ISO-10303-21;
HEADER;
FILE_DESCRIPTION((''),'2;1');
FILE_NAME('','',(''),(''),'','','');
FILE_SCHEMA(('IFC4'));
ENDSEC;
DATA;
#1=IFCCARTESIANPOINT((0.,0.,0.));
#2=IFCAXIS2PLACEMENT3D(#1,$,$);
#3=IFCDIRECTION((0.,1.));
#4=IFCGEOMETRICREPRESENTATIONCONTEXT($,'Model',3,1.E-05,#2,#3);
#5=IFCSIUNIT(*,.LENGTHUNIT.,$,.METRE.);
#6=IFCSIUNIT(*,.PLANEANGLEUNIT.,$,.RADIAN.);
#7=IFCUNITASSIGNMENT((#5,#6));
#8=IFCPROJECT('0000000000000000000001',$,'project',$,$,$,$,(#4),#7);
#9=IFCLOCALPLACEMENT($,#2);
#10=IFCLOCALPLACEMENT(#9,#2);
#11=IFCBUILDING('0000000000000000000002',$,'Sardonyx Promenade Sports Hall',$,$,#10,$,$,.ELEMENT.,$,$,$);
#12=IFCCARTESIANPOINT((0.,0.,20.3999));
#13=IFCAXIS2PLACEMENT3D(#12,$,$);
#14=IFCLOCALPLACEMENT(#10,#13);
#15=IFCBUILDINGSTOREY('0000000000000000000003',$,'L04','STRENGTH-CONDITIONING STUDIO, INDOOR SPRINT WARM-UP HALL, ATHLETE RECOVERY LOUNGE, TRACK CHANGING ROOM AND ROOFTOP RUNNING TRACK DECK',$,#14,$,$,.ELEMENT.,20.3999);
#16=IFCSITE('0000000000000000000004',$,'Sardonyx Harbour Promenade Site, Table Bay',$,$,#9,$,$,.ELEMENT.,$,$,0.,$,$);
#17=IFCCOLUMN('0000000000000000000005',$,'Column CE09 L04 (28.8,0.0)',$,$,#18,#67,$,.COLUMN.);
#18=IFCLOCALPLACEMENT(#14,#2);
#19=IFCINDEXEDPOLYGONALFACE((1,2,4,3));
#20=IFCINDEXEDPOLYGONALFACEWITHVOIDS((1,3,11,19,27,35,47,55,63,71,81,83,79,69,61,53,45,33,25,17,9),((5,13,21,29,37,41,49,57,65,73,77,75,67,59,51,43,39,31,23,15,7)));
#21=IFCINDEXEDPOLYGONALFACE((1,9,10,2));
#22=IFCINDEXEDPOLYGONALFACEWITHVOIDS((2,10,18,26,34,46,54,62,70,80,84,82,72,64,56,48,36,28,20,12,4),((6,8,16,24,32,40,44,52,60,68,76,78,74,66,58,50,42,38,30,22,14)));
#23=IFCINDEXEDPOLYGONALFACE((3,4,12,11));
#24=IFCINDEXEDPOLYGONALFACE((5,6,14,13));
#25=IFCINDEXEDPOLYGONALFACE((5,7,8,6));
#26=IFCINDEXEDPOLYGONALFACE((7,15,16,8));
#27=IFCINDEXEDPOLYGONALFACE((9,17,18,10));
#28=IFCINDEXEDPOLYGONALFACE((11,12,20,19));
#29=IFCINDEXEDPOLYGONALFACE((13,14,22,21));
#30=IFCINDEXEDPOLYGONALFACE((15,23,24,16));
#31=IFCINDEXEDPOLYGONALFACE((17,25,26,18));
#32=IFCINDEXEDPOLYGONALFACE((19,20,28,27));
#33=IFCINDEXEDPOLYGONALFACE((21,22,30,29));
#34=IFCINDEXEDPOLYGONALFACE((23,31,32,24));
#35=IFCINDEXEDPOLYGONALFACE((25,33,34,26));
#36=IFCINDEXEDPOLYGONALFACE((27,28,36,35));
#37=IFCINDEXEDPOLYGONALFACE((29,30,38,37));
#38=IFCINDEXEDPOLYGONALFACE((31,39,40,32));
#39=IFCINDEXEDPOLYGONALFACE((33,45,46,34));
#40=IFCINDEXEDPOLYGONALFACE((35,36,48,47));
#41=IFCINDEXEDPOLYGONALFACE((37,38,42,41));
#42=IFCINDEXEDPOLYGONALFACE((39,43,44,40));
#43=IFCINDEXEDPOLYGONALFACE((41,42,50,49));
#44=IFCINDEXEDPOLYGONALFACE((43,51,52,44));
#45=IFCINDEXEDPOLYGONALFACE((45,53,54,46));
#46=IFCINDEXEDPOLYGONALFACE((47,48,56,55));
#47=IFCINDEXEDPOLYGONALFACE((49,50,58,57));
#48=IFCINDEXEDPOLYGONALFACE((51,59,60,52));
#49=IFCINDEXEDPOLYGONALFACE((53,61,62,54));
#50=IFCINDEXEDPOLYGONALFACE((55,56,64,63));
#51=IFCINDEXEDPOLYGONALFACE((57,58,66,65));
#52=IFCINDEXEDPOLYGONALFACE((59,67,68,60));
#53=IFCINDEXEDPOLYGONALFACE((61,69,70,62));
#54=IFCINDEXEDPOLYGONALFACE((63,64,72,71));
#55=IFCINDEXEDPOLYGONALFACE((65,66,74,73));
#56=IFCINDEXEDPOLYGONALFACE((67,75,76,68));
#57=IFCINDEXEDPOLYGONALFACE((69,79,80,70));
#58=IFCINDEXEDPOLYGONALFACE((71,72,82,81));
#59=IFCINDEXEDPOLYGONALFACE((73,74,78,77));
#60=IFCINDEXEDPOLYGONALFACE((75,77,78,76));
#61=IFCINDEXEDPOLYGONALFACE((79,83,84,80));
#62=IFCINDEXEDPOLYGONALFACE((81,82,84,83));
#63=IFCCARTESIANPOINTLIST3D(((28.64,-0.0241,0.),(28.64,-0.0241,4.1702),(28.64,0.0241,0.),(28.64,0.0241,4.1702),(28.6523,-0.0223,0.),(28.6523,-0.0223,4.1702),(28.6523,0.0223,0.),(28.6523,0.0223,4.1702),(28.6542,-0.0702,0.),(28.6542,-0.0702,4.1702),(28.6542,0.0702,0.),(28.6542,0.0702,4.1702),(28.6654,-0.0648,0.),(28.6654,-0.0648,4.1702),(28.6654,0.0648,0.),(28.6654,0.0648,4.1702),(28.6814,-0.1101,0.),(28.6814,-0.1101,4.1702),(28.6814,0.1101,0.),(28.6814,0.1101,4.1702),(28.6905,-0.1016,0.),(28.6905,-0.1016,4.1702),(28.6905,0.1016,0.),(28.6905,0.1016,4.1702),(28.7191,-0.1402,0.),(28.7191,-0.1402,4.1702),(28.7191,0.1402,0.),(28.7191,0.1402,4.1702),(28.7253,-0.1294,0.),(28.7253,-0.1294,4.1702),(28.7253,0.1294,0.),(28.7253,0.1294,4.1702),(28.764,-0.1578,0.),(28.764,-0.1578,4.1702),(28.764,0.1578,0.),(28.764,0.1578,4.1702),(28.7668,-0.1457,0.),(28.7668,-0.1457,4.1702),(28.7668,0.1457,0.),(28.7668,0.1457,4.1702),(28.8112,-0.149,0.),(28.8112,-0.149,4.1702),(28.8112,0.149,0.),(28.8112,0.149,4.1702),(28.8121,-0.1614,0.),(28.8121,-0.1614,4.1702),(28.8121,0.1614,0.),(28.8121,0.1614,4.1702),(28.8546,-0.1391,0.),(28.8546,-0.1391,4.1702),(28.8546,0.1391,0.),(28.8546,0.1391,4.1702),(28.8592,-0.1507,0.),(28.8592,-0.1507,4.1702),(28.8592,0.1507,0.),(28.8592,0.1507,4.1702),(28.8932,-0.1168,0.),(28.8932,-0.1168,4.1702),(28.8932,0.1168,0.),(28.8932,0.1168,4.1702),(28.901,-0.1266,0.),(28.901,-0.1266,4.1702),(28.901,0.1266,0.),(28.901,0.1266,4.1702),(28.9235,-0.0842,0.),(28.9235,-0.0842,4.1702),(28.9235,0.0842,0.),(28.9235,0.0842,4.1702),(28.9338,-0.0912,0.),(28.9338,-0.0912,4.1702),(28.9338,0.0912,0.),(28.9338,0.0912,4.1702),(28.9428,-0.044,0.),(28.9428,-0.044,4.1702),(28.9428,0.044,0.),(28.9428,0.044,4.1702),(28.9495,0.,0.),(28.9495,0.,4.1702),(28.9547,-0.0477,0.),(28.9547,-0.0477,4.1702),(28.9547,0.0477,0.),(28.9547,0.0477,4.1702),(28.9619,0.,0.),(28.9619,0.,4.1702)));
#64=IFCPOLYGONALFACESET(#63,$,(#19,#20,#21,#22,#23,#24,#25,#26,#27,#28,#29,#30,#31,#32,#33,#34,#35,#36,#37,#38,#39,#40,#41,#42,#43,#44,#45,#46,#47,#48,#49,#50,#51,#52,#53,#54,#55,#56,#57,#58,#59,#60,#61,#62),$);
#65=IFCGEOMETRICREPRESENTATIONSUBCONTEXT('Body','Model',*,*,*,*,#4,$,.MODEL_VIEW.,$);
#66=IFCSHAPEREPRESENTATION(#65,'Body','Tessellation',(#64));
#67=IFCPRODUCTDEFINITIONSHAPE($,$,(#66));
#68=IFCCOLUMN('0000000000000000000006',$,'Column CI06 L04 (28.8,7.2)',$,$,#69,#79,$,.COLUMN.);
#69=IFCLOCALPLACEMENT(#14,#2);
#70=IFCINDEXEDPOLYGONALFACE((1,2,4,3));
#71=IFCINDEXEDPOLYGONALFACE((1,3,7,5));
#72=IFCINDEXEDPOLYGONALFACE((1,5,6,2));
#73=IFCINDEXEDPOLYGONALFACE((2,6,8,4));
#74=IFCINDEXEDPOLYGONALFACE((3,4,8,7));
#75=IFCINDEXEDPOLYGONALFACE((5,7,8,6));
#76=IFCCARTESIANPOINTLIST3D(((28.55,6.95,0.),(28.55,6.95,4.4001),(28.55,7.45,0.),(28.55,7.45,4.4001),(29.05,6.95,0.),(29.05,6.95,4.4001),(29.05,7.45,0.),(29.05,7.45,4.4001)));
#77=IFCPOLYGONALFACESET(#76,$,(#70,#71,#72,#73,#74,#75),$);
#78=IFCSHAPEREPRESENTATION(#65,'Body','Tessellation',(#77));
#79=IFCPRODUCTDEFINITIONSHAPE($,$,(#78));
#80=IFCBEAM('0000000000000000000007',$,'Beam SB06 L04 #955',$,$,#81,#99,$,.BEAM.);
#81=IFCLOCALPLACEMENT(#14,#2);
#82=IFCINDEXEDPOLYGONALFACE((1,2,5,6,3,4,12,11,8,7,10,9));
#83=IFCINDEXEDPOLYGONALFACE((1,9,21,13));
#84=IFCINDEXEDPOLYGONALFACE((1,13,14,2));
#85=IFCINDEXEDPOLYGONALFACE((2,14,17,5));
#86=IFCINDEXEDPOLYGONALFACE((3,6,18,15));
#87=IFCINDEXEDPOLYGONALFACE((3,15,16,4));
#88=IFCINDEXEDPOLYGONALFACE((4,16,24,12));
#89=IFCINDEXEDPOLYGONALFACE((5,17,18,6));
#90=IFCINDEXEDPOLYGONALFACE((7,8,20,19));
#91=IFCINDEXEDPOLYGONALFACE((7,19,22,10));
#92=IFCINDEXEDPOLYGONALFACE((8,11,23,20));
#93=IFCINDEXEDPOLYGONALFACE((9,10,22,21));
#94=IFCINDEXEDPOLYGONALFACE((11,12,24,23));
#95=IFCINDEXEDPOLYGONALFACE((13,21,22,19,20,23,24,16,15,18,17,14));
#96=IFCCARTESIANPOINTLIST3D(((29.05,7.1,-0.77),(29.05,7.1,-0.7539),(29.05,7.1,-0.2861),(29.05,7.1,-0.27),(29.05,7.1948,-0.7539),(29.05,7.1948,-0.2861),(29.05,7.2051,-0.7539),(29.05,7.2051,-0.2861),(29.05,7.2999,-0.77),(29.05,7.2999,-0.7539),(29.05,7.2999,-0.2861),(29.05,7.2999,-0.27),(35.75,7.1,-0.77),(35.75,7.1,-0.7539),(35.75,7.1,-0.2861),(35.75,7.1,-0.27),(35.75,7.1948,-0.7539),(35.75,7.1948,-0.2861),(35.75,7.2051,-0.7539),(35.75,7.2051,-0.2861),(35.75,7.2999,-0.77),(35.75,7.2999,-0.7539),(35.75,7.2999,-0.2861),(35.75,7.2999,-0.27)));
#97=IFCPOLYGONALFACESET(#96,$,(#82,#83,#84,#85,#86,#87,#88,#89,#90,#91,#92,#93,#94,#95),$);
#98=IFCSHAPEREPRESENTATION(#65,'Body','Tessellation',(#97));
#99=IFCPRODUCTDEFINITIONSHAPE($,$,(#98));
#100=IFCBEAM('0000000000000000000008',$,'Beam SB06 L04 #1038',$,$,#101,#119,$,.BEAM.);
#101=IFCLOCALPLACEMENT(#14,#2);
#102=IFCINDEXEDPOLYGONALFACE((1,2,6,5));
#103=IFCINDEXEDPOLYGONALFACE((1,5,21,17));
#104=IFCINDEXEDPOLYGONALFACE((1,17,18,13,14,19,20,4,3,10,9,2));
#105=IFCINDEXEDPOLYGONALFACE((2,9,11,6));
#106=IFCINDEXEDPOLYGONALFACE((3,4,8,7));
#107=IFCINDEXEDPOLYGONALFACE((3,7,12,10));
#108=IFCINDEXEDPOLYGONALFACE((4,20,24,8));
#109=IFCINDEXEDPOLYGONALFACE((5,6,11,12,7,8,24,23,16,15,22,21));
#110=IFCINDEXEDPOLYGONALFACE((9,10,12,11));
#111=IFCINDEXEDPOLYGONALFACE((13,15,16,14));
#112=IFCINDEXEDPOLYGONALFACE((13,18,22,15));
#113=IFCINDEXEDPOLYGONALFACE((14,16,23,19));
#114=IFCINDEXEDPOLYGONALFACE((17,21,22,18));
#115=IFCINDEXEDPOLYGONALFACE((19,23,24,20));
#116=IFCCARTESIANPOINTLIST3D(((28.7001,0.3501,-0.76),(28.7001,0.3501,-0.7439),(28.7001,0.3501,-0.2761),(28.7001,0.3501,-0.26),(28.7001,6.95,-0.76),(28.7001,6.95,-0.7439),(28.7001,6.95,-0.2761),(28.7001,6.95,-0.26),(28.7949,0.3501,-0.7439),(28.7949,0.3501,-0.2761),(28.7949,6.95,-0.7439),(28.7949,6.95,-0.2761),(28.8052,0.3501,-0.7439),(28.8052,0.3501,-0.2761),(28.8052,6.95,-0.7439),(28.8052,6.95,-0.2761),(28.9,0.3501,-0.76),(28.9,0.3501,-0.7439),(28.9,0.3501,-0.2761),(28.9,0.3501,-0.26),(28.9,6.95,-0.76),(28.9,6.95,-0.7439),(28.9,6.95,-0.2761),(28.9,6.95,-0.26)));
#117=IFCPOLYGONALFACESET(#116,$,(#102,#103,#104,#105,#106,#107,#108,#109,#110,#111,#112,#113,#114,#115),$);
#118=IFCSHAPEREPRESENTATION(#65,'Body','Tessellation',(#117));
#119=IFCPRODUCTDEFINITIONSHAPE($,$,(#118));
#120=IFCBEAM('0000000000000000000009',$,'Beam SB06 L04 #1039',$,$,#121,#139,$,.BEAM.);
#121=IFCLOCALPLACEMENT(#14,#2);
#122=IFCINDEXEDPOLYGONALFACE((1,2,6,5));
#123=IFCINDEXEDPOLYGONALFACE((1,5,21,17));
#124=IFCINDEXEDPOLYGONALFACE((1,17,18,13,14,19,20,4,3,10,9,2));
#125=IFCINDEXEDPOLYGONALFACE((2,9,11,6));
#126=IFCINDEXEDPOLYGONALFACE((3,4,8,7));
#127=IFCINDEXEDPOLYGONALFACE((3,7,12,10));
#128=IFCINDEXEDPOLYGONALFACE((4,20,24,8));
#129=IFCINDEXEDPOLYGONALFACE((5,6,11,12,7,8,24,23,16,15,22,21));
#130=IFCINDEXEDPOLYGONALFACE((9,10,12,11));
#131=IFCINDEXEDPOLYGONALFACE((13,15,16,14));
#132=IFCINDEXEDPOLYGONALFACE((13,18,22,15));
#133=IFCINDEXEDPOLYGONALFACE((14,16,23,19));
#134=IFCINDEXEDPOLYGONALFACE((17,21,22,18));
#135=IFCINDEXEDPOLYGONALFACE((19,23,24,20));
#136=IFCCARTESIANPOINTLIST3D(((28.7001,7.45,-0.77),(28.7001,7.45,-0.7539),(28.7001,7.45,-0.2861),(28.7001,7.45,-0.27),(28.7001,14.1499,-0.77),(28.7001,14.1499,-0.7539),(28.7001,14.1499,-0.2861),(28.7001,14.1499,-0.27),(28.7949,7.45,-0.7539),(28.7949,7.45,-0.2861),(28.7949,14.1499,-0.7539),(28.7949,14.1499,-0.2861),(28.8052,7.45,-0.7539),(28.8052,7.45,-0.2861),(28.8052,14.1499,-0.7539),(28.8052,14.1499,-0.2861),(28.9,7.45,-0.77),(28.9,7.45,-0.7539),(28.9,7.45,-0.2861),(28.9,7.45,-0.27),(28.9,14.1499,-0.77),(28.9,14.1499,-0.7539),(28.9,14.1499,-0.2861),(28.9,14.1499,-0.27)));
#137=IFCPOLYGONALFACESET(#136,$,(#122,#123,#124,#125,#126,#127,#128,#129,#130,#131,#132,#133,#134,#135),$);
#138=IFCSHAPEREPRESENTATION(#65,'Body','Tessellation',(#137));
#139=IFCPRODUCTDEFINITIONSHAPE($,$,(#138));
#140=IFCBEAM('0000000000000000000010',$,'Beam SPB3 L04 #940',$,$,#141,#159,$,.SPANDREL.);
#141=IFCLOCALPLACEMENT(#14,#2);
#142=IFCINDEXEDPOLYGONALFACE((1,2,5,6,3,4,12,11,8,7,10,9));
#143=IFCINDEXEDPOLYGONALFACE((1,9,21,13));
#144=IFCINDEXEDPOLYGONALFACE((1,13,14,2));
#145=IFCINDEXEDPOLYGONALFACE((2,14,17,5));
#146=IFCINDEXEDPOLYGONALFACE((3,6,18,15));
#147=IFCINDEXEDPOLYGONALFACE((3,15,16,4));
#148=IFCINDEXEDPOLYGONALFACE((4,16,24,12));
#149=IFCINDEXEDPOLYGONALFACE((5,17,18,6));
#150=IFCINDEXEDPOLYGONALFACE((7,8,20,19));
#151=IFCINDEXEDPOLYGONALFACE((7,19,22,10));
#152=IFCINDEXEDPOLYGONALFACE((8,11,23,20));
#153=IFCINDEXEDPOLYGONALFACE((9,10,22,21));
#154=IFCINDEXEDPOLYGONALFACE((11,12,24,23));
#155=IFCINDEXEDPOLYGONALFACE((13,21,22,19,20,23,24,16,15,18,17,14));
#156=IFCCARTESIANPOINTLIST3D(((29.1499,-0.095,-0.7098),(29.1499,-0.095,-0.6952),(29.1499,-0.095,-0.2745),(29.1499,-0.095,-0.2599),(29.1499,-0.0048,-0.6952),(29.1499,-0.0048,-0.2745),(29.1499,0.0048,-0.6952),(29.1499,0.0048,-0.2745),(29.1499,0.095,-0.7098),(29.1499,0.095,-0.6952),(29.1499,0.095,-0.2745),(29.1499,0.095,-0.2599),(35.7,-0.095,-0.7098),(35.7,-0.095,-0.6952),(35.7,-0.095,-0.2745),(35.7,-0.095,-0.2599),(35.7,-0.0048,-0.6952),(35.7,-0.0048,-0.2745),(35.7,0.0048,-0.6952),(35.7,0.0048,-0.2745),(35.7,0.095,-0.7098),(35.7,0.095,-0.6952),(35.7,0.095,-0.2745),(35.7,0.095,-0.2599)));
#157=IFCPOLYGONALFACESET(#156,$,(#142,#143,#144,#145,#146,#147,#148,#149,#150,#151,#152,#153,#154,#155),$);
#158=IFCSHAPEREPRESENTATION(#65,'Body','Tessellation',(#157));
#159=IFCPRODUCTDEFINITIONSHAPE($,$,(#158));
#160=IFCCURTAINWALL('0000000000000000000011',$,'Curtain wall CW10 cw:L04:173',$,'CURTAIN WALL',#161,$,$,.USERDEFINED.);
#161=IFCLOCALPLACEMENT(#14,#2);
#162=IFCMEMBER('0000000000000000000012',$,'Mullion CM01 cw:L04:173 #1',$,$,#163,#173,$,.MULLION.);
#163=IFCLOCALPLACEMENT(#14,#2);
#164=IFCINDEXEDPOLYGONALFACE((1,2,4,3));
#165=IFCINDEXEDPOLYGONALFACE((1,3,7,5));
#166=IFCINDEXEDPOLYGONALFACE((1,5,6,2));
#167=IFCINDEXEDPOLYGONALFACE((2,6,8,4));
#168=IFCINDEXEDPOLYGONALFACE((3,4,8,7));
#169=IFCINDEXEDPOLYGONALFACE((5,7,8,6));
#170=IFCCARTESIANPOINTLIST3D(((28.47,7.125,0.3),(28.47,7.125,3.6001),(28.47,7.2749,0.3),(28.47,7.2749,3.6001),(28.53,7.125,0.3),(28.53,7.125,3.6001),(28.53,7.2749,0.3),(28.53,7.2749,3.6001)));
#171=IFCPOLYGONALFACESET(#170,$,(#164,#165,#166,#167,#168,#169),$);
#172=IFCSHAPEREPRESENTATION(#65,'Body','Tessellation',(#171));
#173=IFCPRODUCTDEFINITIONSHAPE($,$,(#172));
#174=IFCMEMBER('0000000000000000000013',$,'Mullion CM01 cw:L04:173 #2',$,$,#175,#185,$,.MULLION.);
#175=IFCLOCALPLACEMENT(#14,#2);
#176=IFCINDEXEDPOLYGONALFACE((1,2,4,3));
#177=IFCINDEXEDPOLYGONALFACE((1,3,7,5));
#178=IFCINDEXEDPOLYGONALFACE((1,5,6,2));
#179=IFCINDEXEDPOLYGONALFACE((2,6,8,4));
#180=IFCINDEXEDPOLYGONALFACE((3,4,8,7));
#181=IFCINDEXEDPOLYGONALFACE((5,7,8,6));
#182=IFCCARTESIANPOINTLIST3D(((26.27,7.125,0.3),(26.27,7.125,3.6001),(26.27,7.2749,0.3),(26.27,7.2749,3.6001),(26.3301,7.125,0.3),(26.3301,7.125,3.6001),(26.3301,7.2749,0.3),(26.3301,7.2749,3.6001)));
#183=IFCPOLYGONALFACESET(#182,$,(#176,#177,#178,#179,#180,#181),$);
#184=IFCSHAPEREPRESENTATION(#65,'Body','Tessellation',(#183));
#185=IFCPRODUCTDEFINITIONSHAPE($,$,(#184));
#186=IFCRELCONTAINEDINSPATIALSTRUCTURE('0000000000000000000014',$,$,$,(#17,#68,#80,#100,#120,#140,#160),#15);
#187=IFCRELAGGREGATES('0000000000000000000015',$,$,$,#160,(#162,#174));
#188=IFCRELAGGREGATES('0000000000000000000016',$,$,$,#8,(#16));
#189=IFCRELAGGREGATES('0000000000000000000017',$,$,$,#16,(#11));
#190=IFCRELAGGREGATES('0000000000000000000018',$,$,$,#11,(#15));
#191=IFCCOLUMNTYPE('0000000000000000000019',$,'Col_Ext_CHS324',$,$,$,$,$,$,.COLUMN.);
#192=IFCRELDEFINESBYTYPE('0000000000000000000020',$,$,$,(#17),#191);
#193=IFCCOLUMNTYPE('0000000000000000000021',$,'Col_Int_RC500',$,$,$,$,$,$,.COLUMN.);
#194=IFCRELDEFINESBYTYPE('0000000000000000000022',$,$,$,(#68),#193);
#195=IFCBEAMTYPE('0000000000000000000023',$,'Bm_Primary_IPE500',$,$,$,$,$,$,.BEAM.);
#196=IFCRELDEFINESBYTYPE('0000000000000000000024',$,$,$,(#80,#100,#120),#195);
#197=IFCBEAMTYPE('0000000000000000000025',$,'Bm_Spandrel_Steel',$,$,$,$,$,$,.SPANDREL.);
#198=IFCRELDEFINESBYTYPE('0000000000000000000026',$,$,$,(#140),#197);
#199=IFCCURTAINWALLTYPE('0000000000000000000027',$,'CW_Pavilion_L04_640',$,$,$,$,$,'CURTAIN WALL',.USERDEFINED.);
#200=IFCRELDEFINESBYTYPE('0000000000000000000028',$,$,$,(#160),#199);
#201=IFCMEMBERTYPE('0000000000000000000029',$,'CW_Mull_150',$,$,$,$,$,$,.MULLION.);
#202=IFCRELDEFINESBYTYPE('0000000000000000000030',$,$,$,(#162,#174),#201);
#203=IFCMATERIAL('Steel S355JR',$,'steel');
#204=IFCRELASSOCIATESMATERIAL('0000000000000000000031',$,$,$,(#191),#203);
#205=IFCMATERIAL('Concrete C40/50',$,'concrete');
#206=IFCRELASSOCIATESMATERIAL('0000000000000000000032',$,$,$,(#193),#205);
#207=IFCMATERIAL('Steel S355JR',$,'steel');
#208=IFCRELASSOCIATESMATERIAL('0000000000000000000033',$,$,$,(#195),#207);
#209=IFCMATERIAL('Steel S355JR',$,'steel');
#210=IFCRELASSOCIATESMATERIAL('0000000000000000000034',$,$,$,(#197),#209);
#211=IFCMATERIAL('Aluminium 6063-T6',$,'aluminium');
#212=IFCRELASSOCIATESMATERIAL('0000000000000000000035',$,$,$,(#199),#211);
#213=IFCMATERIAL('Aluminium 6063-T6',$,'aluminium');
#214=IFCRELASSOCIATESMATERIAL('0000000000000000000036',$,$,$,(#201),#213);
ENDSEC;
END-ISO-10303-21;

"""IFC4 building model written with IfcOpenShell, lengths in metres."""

from ifc_helpers import new_model, si_unit, direction, frame, origin, origin_2d, place, context, subcontext, project, spatial, rectangle, hollow_circle, i_section, extrude, material, material_profile, profile_set, type_object, element, aggregate, save


model = new_model("IFC4")

# Units and contexts
model_context = context("Model", 3, precision=1e-05, world=origin(), true_north=direction((0.0, 1.0)))
body_context = subcontext(model_context, "Body", "Model", "MODEL_VIEW")
ifc_project = project(units=[si_unit("LENGTHUNIT", "METRE"), si_unit("PLANEANGLEUNIT", "RADIAN")], contexts=[model_context])

# Site, building, storey
site_placement = place(None, origin())
site = spatial("IfcSite", under=ifc_project, at=site_placement, Name="Sardonyx Harbour Promenade Site, Table Bay", CompositionType="ELEMENT", RefElevation=0.0)
building_placement = place(site_placement, origin())
building = spatial("IfcBuilding", under=site, at=building_placement, Name="Sardonyx Promenade Sports Hall", CompositionType="ELEMENT")
storey_placement = place(building_placement, frame((0.0, 0.0, 20.3999)))
storey = spatial("IfcBuildingStorey", under=building, at=storey_placement, Name="L04", Description="STRENGTH-CONDITIONING STUDIO, INDOOR SPRINT WARM-UP HALL, ATHLETE RECOVERY LOUNGE, TRACK CHANGING ROOM AND ROOFTOP RUNNING TRACK DECK", CompositionType="ELEMENT", Elevation=20.3999)

# Columns
ifc_material_1 = material(Name="Steel S355JR", Category="steel")
ifc_material_profile_1 = material_profile(ifc_material_1, hollow_circle(Radius=0.1619, WallThickness=0.0125, at=origin_2d()))
ifc_profile_set_1 = profile_set([ifc_material_profile_1], Name="Steel S355JR")
column_type_1 = type_object("IfcColumnType", Name="Col_Ext_CHS324", PredefinedType="COLUMN", material=ifc_profile_set_1)
column_1_placement = place(storey_placement, frame((28.8, 0.0, 0.0), z_axis=(0.0, 0.0, 1.0), x_axis=(1.0, 0.0, 0.0)))
element("IfcColumn", 1, at=column_1_placement, inside=storey, type_object=column_type_1, Name="Column CE09 L04 (28.8,0.0)", PredefinedType="COLUMN", context=body_context, shape_type="SweptSolid", body=[
    extrude(hollow_circle(Radius=0.1619, WallThickness=0.0125, at=origin_2d()), origin(), (0.0, 0.0, 1.0), 4.1702),
])
ifc_material_2 = material(Name="Concrete C40/50", Category="concrete")
ifc_material_profile_2 = material_profile(ifc_material_2, rectangle(XDim=0.5, YDim=0.5, at=origin_2d()))
ifc_profile_set_2 = profile_set([ifc_material_profile_2], Name="Concrete C40/50")
column_type_2 = type_object("IfcColumnType", Name="Col_Int_RC500", PredefinedType="COLUMN", material=ifc_profile_set_2)
column_2_placement = place(storey_placement, frame((28.8, 7.2, 0.0), z_axis=(0.0, 0.0, 1.0), x_axis=(1.0, 0.0, 0.0)))
element("IfcColumn", 2, at=column_2_placement, inside=storey, type_object=column_type_2, Name="Column CI06 L04 (28.8,7.2)", PredefinedType="COLUMN", context=body_context, shape_type="SweptSolid", body=[
    extrude(rectangle(XDim=0.5, YDim=0.5, at=origin_2d()), origin(), (0.0, 0.0, 1.0), 4.4001),
])

# Beams
ifc_material_3 = material(Name="Steel S355JR", Category="steel")
ifc_material_profile_3 = material_profile(ifc_material_3, i_section(OverallWidth=0.2, OverallDepth=0.5, WebThickness=0.0103, FlangeThickness=0.0161, at=origin_2d()))
ifc_profile_set_3 = profile_set([ifc_material_profile_3], Name="Steel S355JR")
beam_type_1 = type_object("IfcBeamType", Name="Bm_Primary_IPE500", PredefinedType="BEAM", material=ifc_profile_set_3)
beam_1_placement = place(storey_placement, frame((29.05, 7.2, -0.52), z_axis=(1.0, 0.0, 0.0), x_axis=(0.0, 1.0, 0.0)))
element("IfcBeam", 3, at=beam_1_placement, inside=storey, type_object=beam_type_1, Name="Beam SB06 L04 #955", PredefinedType="BEAM", context=body_context, shape_type="SweptSolid", body=[
    extrude(i_section(OverallWidth=0.2, OverallDepth=0.5, WebThickness=0.0103, FlangeThickness=0.0161, at=origin_2d()), origin(), (0.0, 0.0, 1.0), 6.7),
])
beam_2_placement = place(storey_placement, frame((28.8, 0.3501, -0.51), z_axis=(0.0, 1.0, 0.0), x_axis=(-1.0, 0.0, 0.0)))
element("IfcBeam", 4, at=beam_2_placement, inside=storey, type_object=beam_type_1, Name="Beam SB06 L04 #1038", PredefinedType="BEAM", context=body_context, shape_type="SweptSolid", body=[
    extrude(i_section(OverallWidth=0.2, OverallDepth=0.5, WebThickness=0.0103, FlangeThickness=0.0161, at=origin_2d()), origin(), (0.0, 0.0, 1.0), 6.5999),
])
beam_3_placement = place(storey_placement, frame((28.8, 7.45, -0.52), z_axis=(0.0, 1.0, 0.0), x_axis=(-1.0, 0.0, 0.0)))
element("IfcBeam", 5, at=beam_3_placement, inside=storey, type_object=beam_type_1, Name="Beam SB06 L04 #1039", PredefinedType="BEAM", context=body_context, shape_type="SweptSolid", body=[
    extrude(i_section(OverallWidth=0.2, OverallDepth=0.5, WebThickness=0.0103, FlangeThickness=0.0161, at=origin_2d()), origin(), (0.0, 0.0, 1.0), 6.7),
])
ifc_material_4 = material(Name="Steel S355JR", Category="steel")
ifc_material_profile_4 = material_profile(ifc_material_4, i_section(OverallWidth=0.1899, OverallDepth=0.45, WebThickness=0.0095, FlangeThickness=0.0146, at=origin_2d()))
ifc_profile_set_4 = profile_set([ifc_material_profile_4], Name="Steel S355JR")
beam_type_2 = type_object("IfcBeamType", Name="Bm_Spandrel_Steel", PredefinedType="SPANDREL", material=ifc_profile_set_4)
beam_4_placement = place(storey_placement, frame((29.1499, 0.0, -0.4849), z_axis=(1.0, 0.0, 0.0), x_axis=(0.0, 1.0, 0.0)))
element("IfcBeam", 6, at=beam_4_placement, inside=storey, type_object=beam_type_2, Name="Beam SPB3 L04 #940", PredefinedType="SPANDREL", context=body_context, shape_type="SweptSolid", body=[
    extrude(i_section(OverallWidth=0.1899, OverallDepth=0.45, WebThickness=0.0095, FlangeThickness=0.0146, at=origin_2d()), origin(), (0.0, 0.0, 1.0), 6.55),
])

# Curtain wall, members
ifc_material_5 = material(Name="Aluminium 6063-T6", Category="aluminium")
curtain_wall_type = type_object("IfcCurtainWallType", Name="CW_Pavilion_L04_640", ElementType="CURTAIN WALL", PredefinedType="USERDEFINED", material=ifc_material_5)
curtain_wall_placement = place(storey_placement, origin())
curtain_wall = element("IfcCurtainWall", 7, at=curtain_wall_placement, inside=storey, type_object=curtain_wall_type, Name="Curtain wall CW10 cw:L04:173", ObjectType="CURTAIN WALL", PredefinedType="USERDEFINED")
ifc_material_6 = material(Name="Aluminium 6063-T6", Category="aluminium")
ifc_material_profile_5 = material_profile(ifc_material_6, rectangle(XDim=0.0601, YDim=0.1499, at=origin_2d()))
ifc_profile_set_5 = profile_set([ifc_material_profile_5], Name="Aluminium 6063-T6")
member_type_1 = type_object("IfcMemberType", Name="CW_Mull_150", PredefinedType="MULLION", material=ifc_profile_set_5)
member_1_placement = place(storey_placement, frame((28.5, 7.2, 0.3), z_axis=(0.0, 0.0, 1.0), x_axis=(-1.0, 0.0, 0.0)))
member_1 = element("IfcMember", 8, at=member_1_placement, type_object=member_type_1, Name="Mullion CM01 cw:L04:173 #1", PredefinedType="MULLION", context=body_context, shape_type="SweptSolid", body=[
    extrude(rectangle(XDim=0.0601, YDim=0.1499, at=origin_2d()), origin(), (0.0, 0.0, 1.0), 3.3),
])
member_2_placement = place(storey_placement, frame((26.3, 7.2, 0.3), z_axis=(0.0, 0.0, 1.0), x_axis=(-1.0, 0.0, 0.0)))
member_2 = element("IfcMember", 9, at=member_2_placement, type_object=member_type_1, Name="Mullion CM01 cw:L04:173 #2", PredefinedType="MULLION", context=body_context, shape_type="SweptSolid", body=[
    extrude(rectangle(XDim=0.0601, YDim=0.1499, at=origin_2d()), origin(), (0.0, 0.0, 1.0), 3.3),
])

aggregate(curtain_wall, [member_1, member_2])

save(model, "model.ifc")
